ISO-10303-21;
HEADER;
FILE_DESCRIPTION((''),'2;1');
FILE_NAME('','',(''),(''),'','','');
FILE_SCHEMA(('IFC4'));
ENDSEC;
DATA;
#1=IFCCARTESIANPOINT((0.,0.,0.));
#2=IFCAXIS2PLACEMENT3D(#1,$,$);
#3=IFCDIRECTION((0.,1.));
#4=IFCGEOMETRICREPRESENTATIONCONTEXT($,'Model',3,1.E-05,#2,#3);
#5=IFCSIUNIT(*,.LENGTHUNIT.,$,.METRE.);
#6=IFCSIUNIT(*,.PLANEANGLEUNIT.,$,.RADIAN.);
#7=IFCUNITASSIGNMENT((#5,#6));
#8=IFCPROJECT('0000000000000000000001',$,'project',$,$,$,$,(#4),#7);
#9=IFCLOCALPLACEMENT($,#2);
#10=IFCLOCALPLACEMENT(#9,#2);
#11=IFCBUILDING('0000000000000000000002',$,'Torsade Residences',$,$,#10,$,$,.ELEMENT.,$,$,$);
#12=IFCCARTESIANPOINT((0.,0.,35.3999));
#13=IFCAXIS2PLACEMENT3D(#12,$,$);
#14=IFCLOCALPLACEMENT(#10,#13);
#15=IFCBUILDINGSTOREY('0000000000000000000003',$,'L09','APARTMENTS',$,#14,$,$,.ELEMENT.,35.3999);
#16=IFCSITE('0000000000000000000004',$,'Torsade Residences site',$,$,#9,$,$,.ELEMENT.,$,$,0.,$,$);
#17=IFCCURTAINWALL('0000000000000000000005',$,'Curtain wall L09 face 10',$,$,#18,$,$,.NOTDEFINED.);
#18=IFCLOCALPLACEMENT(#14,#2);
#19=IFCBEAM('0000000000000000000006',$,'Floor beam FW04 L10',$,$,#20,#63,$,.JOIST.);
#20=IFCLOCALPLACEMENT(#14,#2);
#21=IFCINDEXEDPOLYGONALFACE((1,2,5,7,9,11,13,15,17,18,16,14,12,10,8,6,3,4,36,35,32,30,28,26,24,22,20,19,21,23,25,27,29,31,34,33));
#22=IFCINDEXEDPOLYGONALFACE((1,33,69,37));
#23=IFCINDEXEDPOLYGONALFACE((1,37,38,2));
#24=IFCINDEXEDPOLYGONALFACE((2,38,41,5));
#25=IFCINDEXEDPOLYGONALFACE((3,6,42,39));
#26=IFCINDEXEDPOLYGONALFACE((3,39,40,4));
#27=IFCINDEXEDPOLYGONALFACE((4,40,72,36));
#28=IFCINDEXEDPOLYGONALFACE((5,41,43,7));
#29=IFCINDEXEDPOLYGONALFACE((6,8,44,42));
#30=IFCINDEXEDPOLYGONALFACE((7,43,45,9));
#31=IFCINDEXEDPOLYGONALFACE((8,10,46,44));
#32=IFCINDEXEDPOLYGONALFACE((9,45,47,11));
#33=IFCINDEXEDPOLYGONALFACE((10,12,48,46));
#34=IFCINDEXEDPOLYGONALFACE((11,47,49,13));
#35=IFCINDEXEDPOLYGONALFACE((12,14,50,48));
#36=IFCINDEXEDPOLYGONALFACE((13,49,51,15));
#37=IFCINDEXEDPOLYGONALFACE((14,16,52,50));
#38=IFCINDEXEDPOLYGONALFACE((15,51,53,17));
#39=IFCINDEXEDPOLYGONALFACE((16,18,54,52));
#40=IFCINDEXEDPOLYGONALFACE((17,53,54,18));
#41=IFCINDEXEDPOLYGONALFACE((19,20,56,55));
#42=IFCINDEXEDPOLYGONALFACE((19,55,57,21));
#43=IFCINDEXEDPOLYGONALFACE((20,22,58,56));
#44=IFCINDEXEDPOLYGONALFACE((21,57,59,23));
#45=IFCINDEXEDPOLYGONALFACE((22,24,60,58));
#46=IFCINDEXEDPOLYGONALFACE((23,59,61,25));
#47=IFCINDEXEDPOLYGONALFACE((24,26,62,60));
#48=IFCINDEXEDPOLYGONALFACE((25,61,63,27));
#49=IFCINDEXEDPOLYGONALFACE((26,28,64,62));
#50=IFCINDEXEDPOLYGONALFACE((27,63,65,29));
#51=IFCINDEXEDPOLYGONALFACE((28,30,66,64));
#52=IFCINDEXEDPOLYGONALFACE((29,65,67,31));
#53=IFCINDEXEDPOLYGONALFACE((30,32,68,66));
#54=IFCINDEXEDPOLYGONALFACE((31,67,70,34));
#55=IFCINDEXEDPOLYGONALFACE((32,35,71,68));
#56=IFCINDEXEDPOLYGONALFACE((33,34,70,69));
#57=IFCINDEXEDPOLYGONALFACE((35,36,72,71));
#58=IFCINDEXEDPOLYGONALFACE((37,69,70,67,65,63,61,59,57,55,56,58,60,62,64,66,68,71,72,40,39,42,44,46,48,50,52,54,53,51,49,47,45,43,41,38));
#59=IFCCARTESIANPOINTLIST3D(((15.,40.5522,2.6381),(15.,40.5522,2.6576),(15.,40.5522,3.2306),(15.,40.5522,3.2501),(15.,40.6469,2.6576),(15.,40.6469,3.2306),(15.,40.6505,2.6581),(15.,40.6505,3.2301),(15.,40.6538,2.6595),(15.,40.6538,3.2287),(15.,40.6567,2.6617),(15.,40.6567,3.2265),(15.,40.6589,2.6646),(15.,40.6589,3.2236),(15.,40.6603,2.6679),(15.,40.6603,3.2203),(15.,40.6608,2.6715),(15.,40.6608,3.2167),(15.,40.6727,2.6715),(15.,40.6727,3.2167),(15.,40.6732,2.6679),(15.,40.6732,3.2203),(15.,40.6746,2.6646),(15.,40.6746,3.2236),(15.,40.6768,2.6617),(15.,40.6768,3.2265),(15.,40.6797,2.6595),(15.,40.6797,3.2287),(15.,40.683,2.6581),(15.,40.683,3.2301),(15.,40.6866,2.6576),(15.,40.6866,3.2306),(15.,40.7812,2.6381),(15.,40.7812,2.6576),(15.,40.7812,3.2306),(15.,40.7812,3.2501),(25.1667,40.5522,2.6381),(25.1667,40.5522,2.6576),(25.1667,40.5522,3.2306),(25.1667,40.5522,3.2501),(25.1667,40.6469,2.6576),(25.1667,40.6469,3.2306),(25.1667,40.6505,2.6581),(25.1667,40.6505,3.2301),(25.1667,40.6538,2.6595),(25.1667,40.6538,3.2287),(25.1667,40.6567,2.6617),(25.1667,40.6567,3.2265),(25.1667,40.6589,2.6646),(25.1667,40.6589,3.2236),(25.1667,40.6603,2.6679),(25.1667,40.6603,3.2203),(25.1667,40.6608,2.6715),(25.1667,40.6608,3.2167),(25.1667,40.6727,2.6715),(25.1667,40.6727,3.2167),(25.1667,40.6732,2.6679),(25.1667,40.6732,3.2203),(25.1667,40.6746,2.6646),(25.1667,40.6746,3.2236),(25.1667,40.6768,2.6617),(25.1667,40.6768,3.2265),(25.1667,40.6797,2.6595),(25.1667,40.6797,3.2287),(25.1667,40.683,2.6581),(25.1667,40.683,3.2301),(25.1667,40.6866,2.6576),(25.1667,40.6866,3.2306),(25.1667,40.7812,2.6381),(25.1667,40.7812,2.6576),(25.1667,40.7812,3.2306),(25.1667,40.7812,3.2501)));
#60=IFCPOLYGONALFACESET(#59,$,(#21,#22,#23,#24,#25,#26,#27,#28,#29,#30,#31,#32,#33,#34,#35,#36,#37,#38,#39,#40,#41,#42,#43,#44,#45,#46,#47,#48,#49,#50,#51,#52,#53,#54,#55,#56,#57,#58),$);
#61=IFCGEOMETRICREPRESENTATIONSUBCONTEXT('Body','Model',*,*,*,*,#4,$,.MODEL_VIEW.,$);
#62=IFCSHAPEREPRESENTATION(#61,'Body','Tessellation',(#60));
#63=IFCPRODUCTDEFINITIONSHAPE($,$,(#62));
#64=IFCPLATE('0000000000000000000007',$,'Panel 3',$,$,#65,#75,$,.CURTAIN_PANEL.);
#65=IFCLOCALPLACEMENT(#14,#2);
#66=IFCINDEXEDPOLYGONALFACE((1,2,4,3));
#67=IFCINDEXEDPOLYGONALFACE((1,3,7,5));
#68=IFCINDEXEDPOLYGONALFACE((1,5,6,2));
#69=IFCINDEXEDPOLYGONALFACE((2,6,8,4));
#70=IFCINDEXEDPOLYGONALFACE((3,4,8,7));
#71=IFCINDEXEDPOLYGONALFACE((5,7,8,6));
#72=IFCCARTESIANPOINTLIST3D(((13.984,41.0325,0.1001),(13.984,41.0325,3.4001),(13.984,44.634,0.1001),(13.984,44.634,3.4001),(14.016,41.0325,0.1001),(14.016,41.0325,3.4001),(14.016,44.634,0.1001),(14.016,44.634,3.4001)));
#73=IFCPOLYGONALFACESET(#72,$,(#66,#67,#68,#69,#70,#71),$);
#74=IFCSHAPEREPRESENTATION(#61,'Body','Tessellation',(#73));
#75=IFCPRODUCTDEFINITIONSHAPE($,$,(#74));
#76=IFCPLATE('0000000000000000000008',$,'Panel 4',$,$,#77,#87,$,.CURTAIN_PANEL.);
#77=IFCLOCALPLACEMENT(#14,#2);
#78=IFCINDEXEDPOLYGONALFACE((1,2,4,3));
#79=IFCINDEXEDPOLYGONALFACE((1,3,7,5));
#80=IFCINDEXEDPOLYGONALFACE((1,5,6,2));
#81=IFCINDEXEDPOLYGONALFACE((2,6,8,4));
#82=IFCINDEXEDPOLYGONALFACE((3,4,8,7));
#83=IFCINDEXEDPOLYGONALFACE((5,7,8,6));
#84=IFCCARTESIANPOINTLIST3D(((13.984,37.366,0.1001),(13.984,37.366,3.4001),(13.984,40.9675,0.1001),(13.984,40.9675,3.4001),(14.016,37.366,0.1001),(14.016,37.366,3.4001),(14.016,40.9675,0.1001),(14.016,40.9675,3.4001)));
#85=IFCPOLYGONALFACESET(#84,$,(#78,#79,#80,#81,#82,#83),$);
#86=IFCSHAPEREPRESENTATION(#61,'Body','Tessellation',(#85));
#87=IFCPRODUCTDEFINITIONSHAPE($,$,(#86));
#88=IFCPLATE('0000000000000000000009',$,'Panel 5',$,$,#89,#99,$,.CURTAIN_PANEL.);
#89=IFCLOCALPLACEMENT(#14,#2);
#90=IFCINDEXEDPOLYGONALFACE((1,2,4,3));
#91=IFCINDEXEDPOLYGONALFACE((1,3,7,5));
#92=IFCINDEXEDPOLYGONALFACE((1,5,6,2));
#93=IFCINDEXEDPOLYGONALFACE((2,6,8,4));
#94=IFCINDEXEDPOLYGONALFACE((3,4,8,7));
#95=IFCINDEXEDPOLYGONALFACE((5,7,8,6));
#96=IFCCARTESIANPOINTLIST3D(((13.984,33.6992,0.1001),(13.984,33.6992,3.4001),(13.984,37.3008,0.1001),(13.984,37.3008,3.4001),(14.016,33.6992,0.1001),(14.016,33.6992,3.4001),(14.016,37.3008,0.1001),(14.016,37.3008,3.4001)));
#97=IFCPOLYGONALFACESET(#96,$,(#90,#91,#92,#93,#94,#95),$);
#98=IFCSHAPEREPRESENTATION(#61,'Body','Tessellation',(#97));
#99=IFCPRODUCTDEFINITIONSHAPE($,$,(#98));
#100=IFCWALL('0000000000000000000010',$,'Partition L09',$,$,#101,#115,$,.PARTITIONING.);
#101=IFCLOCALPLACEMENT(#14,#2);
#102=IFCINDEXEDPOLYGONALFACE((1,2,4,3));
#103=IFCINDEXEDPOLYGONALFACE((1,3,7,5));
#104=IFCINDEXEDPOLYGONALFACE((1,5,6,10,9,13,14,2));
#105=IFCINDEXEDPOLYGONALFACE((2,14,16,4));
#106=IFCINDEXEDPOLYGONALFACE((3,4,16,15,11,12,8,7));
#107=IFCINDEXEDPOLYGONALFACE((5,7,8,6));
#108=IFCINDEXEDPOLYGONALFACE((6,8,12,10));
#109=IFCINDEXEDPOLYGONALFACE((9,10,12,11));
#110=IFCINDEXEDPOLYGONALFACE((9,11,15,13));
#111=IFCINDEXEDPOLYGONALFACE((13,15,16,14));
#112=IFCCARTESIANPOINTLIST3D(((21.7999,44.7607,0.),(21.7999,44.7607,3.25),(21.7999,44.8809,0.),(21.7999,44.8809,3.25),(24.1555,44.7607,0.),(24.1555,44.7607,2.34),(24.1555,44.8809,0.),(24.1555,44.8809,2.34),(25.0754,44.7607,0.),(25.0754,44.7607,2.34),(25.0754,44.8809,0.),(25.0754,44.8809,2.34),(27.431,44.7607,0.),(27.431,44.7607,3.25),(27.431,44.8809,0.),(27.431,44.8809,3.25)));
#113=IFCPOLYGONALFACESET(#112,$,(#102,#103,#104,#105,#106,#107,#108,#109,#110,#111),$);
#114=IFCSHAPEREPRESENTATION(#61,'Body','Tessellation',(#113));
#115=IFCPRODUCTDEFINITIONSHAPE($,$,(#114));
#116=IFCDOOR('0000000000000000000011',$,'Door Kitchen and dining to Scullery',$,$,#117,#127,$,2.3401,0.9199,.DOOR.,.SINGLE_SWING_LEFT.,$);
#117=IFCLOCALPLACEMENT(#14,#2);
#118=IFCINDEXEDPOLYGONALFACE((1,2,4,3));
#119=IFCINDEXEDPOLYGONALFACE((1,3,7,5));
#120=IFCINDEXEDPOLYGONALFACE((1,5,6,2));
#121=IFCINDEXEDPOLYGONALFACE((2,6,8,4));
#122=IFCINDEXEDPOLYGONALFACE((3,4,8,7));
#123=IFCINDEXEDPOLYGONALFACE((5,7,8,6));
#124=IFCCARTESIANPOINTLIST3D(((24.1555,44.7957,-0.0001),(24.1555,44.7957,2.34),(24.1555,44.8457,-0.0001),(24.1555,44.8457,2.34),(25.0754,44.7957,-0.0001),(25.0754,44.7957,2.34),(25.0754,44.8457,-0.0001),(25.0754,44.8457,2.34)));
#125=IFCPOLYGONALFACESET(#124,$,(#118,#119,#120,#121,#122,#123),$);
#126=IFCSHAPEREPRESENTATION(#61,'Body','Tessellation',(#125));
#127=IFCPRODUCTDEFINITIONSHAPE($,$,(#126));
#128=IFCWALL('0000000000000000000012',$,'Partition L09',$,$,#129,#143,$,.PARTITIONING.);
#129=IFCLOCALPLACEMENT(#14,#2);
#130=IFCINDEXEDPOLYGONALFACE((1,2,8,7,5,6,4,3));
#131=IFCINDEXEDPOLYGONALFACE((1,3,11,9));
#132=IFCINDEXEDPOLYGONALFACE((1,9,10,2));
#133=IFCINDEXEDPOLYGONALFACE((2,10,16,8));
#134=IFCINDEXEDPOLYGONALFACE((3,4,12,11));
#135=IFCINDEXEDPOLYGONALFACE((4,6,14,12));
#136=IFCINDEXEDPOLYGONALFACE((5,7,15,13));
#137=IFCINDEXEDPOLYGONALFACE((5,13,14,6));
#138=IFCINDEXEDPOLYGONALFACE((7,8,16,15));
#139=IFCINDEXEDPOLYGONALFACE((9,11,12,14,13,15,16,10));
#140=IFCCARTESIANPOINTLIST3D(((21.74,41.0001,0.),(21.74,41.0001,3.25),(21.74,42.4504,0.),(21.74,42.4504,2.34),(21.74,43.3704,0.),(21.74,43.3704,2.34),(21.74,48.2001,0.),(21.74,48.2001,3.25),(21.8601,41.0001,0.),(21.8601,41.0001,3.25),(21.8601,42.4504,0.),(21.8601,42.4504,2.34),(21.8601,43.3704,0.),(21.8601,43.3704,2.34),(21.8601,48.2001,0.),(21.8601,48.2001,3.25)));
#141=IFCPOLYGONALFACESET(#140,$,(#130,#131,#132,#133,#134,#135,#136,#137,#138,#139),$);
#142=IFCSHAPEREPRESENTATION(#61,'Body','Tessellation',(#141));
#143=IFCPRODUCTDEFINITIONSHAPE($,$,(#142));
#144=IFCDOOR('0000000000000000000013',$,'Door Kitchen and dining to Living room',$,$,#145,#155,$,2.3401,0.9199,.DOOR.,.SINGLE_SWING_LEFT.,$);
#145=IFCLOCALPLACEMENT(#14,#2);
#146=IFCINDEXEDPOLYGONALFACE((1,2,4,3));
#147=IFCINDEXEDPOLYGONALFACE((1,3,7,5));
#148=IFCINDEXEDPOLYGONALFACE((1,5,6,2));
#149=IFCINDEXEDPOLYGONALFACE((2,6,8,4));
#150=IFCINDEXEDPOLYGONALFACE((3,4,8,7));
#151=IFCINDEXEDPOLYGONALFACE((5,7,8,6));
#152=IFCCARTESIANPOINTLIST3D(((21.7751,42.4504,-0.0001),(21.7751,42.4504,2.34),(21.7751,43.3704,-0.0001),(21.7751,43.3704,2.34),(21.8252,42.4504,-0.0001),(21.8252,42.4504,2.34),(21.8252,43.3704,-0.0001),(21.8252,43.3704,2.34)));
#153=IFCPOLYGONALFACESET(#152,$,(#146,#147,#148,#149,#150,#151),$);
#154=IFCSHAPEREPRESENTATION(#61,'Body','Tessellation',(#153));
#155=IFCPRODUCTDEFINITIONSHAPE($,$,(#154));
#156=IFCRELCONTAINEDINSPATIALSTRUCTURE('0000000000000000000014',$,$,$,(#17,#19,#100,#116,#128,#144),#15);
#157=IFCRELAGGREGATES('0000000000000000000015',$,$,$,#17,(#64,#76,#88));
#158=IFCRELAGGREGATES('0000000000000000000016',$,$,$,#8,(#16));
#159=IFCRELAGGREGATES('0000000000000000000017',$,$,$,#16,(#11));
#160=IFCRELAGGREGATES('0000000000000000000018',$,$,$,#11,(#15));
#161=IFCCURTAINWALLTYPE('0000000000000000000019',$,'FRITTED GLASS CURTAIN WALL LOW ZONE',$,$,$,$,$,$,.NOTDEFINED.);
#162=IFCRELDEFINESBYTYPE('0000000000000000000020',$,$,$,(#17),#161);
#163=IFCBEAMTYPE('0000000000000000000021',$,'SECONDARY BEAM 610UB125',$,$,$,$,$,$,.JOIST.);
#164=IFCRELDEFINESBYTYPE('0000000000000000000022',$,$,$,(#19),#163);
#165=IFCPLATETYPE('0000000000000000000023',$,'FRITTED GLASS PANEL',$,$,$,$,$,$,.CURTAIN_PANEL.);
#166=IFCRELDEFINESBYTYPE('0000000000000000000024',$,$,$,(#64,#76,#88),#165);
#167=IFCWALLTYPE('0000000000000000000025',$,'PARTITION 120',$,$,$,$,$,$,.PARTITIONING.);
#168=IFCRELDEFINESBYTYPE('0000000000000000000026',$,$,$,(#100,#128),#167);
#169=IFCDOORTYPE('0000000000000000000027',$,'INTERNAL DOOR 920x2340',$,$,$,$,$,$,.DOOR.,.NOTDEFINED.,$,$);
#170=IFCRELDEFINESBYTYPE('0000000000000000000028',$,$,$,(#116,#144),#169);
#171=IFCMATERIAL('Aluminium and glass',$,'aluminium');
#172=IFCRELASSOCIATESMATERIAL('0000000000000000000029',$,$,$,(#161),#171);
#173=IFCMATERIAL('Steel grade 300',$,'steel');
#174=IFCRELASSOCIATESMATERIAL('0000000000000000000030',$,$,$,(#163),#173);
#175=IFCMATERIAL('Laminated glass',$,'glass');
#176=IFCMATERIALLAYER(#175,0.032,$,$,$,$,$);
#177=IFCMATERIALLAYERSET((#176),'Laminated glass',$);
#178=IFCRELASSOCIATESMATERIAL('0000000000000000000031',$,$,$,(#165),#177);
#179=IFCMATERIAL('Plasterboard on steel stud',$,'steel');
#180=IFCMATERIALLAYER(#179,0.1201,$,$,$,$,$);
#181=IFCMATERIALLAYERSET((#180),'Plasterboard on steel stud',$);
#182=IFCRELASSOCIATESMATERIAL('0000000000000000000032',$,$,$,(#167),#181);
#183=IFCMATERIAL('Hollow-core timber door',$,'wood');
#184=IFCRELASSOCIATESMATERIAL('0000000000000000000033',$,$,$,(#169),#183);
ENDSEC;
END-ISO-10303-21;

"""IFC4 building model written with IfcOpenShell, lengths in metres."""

from ifc_helpers import new_model, si_unit, direction, frame, frame_2d, origin, origin_2d, place, context, subcontext, project, spatial, rectangle, i_section, extrude, material, layer, layer_set, material_profile, profile_set, type_object, element, fill, aggregate, save


model = new_model("IFC4")

# Units and contexts
model_context = context("Model", 3, precision=1e-05, world=origin(), true_north=direction((0.0, 1.0)))
body_context = subcontext(model_context, "Body", "Model", "MODEL_VIEW")
ifc_project = project(units=[si_unit("LENGTHUNIT", "METRE"), si_unit("PLANEANGLEUNIT", "RADIAN")], contexts=[model_context])

# Site, building, storey
site_placement = place(None, origin())
site = spatial("IfcSite", under=ifc_project, at=site_placement, Name="Torsade Residences site", CompositionType="ELEMENT", RefElevation=0.0)
building_placement = place(site_placement, origin())
building = spatial("IfcBuilding", under=site, at=building_placement, Name="Torsade Residences", CompositionType="ELEMENT")
storey_placement = place(building_placement, frame((0.0, 0.0, 35.3999)))
storey = spatial("IfcBuildingStorey", under=building, at=storey_placement, Name="L09", Description="APARTMENTS", CompositionType="ELEMENT", Elevation=35.3999)

# Curtain wall
ifc_material_1 = material(Name="Aluminium and glass", Category="aluminium")
curtain_wall_type = type_object("IfcCurtainWallType", Name="FRITTED GLASS CURTAIN WALL LOW ZONE", PredefinedType="NOTDEFINED", material=ifc_material_1)
curtain_wall_placement = place(storey_placement, origin())
curtain_wall = element("IfcCurtainWall", 1, at=curtain_wall_placement, inside=storey, type_object=curtain_wall_type, Name="Curtain wall L09 face 10", PredefinedType="NOTDEFINED")

# Beam
ifc_material_2 = material(Name="Steel grade 300", Category="steel")
ifc_material_profile_1 = material_profile(ifc_material_2, i_section(OverallWidth=0.229, OverallDepth=0.6121, WebThickness=0.012, FlangeThickness=0.0195, FilletRadius=0.0139, at=origin_2d()), Name="610UB125")
ifc_profile_set_1 = profile_set([ifc_material_profile_1], Name="Steel grade 300")
beam_type_1 = type_object("IfcBeamType", Name="SECONDARY BEAM 610UB125", PredefinedType="JOIST", material=ifc_profile_set_1)
beam_1_placement = place(storey_placement, frame((15.0, 40.6667, 2.9441), z_axis=(1.0, 0.0, 0.0), x_axis=(0.0, 1.0, 0.0)))
element("IfcBeam", 2, at=beam_1_placement, inside=storey, type_object=beam_type_1, Name="Floor beam FW04 L10", PredefinedType="JOIST", context=body_context, shape_type="SweptSolid", body=[
    extrude(i_section(OverallWidth=0.229, OverallDepth=0.6121, WebThickness=0.012, FlangeThickness=0.0195, FilletRadius=0.0139, at=origin_2d()), origin(), (0.0, 0.0, 1.0), 10.1667),
])

# Plates
ifc_material_3 = material(Name="Laminated glass", Category="glass")
ifc_layer_1 = layer(ifc_material_3, 0.032)
ifc_layer_set_1 = layer_set([ifc_layer_1], Name="Laminated glass")
plate_type = type_object("IfcPlateType", Name="FRITTED GLASS PANEL", PredefinedType="CURTAIN_PANEL", material=ifc_layer_set_1)
plate_1_placement = place(storey_placement, frame((14.0, 42.8333, 0.1001), z_axis=(0.0, 0.0, 1.0), x_axis=(0.0, -1.0, 0.0)))
plate_1 = element("IfcPlate", 3, at=plate_1_placement, type_object=plate_type, Name="Panel 3", PredefinedType="CURTAIN_PANEL", context=body_context, shape_type="SweptSolid", body=[
    extrude(rectangle(XDim=3.6016, YDim=0.032, at=origin_2d()), origin(), (0.0, 0.0, 1.0), 3.3),
])
plate_2_placement = place(storey_placement, frame((14.0, 39.1667, 0.1001), z_axis=(0.0, 0.0, 1.0), x_axis=(0.0, -1.0, 0.0)))
plate_2 = element("IfcPlate", 4, at=plate_2_placement, type_object=plate_type, Name="Panel 4", PredefinedType="CURTAIN_PANEL", context=body_context, shape_type="SweptSolid", body=[
    extrude(rectangle(XDim=3.6016, YDim=0.032, at=origin_2d()), origin(), (0.0, 0.0, 1.0), 3.3),
])
plate_3_placement = place(storey_placement, frame((14.0, 35.5, 0.1001), z_axis=(0.0, 0.0, 1.0), x_axis=(0.0, -1.0, 0.0)))
plate_3 = element("IfcPlate", 5, at=plate_3_placement, type_object=plate_type, Name="Panel 5", PredefinedType="CURTAIN_PANEL", context=body_context, shape_type="SweptSolid", body=[
    extrude(rectangle(XDim=3.6016, YDim=0.032, at=origin_2d()), origin(), (0.0, 0.0, 1.0), 3.3),
])
aggregate(curtain_wall, [plate_1, plate_2, plate_3])

# Walls, openings, doors
ifc_material_4 = material(Name="Plasterboard on steel stud", Category="steel")
ifc_layer_2 = layer(ifc_material_4, 0.1201)
ifc_layer_set_2 = layer_set([ifc_layer_2], Name="Plasterboard on steel stud")
wall_type_1 = type_object("IfcWallType", Name="PARTITION 120", PredefinedType="PARTITIONING", material=ifc_layer_set_2)
wall_1_placement = place(storey_placement, frame((21.8, 44.8208, 0.0), z_axis=(0.0, 0.0, 1.0), x_axis=(1.0, 0.0, 0.0)))
wall_1 = element("IfcWall", 6, at=wall_1_placement, inside=storey, type_object=wall_type_1, Name="Partition L09", PredefinedType="PARTITIONING", context=body_context, shape_type="SweptSolid", body=[
    extrude(rectangle(XDim=5.6311, YDim=0.1201, at=frame_2d((2.8154, 0.0))), origin(), (0.0, 0.0, 1.0), 3.25),
])
opening_1_placement = place(wall_1_placement, frame((2.3555, 0.0, 0.0)))
opening_1 = element("IfcOpeningElement", 7, at=opening_1_placement, cuts=wall_1, PredefinedType="OPENING", context=body_context, shape_type="SweptSolid", body=[
    extrude(rectangle(XDim=0.9199, YDim=2.3401, at=frame_2d((0.46, 1.1699))), frame((0.0, 0.0701, 0.0), z_axis=(0.0, -1.0, 0.0), x_axis=(1.0, 0.0, 0.0)), (0.0, 0.0, 1.0), 0.1401),
])
ifc_material_5 = material(Name="Hollow-core timber door", Category="wood")
door_type_1 = type_object("IfcDoorType", Name="INTERNAL DOOR 920x2340", OperationType="NOTDEFINED", PredefinedType="DOOR", material=ifc_material_5)
door_1_placement = place(opening_1_placement, origin())
door_1 = element("IfcDoor", 8, at=door_1_placement, inside=storey, type_object=door_type_1, Name="Door Kitchen and dining to Scullery", OperationType="SINGLE_SWING_LEFT", OverallHeight=2.3401, OverallWidth=0.9199, PredefinedType="DOOR", context=body_context, shape_type="SweptSolid", body=[
    extrude(rectangle(XDim=0.9199, YDim=2.3401, at=frame_2d((0.46, 1.1699))), frame((0.0, 0.0249, 0.0), z_axis=(0.0, -1.0, 0.0), x_axis=(1.0, 0.0, 0.0)), (0.0, 0.0, 1.0), 0.05),
])
fill(opening_1, door_1)
wall_2_placement = place(storey_placement, frame((21.8, 41.0, 0.0), z_axis=(0.0, 0.0, 1.0), x_axis=(0.0, 1.0, 0.0)))
wall_2 = element("IfcWall", 9, at=wall_2_placement, inside=storey, type_object=wall_type_1, Name="Partition L09", PredefinedType="PARTITIONING", context=body_context, shape_type="SweptSolid", body=[
    extrude(rectangle(XDim=7.2, YDim=0.1201, at=frame_2d((3.6001, 0.0))), origin(), (0.0, 0.0, 1.0), 3.25),
])
opening_2_placement = place(wall_2_placement, frame((1.4504, 0.0, 0.0)))
opening_2 = element("IfcOpeningElement", 10, at=opening_2_placement, cuts=wall_2, PredefinedType="OPENING", context=body_context, shape_type="SweptSolid", body=[
    extrude(rectangle(XDim=0.9199, YDim=2.3401, at=frame_2d((0.46, 1.1699))), frame((0.0, 0.0701, 0.0), z_axis=(0.0, -1.0, 0.0), x_axis=(1.0, 0.0, 0.0)), (0.0, 0.0, 1.0), 0.1401),
])
door_2_placement = place(opening_2_placement, origin())
door_2 = element("IfcDoor", 11, at=door_2_placement, inside=storey, type_object=door_type_1, Name="Door Kitchen and dining to Living room", OperationType="SINGLE_SWING_LEFT", OverallHeight=2.3401, OverallWidth=0.9199, PredefinedType="DOOR", context=body_context, shape_type="SweptSolid", body=[
    extrude(rectangle(XDim=0.9199, YDim=2.3401, at=frame_2d((0.46, 1.1699))), frame((0.0, 0.0249, 0.0), z_axis=(0.0, -1.0, 0.0), x_axis=(1.0, 0.0, 0.0)), (0.0, 0.0, 1.0), 0.05),
])
fill(opening_2, door_2)

save(model, "model.ifc")
